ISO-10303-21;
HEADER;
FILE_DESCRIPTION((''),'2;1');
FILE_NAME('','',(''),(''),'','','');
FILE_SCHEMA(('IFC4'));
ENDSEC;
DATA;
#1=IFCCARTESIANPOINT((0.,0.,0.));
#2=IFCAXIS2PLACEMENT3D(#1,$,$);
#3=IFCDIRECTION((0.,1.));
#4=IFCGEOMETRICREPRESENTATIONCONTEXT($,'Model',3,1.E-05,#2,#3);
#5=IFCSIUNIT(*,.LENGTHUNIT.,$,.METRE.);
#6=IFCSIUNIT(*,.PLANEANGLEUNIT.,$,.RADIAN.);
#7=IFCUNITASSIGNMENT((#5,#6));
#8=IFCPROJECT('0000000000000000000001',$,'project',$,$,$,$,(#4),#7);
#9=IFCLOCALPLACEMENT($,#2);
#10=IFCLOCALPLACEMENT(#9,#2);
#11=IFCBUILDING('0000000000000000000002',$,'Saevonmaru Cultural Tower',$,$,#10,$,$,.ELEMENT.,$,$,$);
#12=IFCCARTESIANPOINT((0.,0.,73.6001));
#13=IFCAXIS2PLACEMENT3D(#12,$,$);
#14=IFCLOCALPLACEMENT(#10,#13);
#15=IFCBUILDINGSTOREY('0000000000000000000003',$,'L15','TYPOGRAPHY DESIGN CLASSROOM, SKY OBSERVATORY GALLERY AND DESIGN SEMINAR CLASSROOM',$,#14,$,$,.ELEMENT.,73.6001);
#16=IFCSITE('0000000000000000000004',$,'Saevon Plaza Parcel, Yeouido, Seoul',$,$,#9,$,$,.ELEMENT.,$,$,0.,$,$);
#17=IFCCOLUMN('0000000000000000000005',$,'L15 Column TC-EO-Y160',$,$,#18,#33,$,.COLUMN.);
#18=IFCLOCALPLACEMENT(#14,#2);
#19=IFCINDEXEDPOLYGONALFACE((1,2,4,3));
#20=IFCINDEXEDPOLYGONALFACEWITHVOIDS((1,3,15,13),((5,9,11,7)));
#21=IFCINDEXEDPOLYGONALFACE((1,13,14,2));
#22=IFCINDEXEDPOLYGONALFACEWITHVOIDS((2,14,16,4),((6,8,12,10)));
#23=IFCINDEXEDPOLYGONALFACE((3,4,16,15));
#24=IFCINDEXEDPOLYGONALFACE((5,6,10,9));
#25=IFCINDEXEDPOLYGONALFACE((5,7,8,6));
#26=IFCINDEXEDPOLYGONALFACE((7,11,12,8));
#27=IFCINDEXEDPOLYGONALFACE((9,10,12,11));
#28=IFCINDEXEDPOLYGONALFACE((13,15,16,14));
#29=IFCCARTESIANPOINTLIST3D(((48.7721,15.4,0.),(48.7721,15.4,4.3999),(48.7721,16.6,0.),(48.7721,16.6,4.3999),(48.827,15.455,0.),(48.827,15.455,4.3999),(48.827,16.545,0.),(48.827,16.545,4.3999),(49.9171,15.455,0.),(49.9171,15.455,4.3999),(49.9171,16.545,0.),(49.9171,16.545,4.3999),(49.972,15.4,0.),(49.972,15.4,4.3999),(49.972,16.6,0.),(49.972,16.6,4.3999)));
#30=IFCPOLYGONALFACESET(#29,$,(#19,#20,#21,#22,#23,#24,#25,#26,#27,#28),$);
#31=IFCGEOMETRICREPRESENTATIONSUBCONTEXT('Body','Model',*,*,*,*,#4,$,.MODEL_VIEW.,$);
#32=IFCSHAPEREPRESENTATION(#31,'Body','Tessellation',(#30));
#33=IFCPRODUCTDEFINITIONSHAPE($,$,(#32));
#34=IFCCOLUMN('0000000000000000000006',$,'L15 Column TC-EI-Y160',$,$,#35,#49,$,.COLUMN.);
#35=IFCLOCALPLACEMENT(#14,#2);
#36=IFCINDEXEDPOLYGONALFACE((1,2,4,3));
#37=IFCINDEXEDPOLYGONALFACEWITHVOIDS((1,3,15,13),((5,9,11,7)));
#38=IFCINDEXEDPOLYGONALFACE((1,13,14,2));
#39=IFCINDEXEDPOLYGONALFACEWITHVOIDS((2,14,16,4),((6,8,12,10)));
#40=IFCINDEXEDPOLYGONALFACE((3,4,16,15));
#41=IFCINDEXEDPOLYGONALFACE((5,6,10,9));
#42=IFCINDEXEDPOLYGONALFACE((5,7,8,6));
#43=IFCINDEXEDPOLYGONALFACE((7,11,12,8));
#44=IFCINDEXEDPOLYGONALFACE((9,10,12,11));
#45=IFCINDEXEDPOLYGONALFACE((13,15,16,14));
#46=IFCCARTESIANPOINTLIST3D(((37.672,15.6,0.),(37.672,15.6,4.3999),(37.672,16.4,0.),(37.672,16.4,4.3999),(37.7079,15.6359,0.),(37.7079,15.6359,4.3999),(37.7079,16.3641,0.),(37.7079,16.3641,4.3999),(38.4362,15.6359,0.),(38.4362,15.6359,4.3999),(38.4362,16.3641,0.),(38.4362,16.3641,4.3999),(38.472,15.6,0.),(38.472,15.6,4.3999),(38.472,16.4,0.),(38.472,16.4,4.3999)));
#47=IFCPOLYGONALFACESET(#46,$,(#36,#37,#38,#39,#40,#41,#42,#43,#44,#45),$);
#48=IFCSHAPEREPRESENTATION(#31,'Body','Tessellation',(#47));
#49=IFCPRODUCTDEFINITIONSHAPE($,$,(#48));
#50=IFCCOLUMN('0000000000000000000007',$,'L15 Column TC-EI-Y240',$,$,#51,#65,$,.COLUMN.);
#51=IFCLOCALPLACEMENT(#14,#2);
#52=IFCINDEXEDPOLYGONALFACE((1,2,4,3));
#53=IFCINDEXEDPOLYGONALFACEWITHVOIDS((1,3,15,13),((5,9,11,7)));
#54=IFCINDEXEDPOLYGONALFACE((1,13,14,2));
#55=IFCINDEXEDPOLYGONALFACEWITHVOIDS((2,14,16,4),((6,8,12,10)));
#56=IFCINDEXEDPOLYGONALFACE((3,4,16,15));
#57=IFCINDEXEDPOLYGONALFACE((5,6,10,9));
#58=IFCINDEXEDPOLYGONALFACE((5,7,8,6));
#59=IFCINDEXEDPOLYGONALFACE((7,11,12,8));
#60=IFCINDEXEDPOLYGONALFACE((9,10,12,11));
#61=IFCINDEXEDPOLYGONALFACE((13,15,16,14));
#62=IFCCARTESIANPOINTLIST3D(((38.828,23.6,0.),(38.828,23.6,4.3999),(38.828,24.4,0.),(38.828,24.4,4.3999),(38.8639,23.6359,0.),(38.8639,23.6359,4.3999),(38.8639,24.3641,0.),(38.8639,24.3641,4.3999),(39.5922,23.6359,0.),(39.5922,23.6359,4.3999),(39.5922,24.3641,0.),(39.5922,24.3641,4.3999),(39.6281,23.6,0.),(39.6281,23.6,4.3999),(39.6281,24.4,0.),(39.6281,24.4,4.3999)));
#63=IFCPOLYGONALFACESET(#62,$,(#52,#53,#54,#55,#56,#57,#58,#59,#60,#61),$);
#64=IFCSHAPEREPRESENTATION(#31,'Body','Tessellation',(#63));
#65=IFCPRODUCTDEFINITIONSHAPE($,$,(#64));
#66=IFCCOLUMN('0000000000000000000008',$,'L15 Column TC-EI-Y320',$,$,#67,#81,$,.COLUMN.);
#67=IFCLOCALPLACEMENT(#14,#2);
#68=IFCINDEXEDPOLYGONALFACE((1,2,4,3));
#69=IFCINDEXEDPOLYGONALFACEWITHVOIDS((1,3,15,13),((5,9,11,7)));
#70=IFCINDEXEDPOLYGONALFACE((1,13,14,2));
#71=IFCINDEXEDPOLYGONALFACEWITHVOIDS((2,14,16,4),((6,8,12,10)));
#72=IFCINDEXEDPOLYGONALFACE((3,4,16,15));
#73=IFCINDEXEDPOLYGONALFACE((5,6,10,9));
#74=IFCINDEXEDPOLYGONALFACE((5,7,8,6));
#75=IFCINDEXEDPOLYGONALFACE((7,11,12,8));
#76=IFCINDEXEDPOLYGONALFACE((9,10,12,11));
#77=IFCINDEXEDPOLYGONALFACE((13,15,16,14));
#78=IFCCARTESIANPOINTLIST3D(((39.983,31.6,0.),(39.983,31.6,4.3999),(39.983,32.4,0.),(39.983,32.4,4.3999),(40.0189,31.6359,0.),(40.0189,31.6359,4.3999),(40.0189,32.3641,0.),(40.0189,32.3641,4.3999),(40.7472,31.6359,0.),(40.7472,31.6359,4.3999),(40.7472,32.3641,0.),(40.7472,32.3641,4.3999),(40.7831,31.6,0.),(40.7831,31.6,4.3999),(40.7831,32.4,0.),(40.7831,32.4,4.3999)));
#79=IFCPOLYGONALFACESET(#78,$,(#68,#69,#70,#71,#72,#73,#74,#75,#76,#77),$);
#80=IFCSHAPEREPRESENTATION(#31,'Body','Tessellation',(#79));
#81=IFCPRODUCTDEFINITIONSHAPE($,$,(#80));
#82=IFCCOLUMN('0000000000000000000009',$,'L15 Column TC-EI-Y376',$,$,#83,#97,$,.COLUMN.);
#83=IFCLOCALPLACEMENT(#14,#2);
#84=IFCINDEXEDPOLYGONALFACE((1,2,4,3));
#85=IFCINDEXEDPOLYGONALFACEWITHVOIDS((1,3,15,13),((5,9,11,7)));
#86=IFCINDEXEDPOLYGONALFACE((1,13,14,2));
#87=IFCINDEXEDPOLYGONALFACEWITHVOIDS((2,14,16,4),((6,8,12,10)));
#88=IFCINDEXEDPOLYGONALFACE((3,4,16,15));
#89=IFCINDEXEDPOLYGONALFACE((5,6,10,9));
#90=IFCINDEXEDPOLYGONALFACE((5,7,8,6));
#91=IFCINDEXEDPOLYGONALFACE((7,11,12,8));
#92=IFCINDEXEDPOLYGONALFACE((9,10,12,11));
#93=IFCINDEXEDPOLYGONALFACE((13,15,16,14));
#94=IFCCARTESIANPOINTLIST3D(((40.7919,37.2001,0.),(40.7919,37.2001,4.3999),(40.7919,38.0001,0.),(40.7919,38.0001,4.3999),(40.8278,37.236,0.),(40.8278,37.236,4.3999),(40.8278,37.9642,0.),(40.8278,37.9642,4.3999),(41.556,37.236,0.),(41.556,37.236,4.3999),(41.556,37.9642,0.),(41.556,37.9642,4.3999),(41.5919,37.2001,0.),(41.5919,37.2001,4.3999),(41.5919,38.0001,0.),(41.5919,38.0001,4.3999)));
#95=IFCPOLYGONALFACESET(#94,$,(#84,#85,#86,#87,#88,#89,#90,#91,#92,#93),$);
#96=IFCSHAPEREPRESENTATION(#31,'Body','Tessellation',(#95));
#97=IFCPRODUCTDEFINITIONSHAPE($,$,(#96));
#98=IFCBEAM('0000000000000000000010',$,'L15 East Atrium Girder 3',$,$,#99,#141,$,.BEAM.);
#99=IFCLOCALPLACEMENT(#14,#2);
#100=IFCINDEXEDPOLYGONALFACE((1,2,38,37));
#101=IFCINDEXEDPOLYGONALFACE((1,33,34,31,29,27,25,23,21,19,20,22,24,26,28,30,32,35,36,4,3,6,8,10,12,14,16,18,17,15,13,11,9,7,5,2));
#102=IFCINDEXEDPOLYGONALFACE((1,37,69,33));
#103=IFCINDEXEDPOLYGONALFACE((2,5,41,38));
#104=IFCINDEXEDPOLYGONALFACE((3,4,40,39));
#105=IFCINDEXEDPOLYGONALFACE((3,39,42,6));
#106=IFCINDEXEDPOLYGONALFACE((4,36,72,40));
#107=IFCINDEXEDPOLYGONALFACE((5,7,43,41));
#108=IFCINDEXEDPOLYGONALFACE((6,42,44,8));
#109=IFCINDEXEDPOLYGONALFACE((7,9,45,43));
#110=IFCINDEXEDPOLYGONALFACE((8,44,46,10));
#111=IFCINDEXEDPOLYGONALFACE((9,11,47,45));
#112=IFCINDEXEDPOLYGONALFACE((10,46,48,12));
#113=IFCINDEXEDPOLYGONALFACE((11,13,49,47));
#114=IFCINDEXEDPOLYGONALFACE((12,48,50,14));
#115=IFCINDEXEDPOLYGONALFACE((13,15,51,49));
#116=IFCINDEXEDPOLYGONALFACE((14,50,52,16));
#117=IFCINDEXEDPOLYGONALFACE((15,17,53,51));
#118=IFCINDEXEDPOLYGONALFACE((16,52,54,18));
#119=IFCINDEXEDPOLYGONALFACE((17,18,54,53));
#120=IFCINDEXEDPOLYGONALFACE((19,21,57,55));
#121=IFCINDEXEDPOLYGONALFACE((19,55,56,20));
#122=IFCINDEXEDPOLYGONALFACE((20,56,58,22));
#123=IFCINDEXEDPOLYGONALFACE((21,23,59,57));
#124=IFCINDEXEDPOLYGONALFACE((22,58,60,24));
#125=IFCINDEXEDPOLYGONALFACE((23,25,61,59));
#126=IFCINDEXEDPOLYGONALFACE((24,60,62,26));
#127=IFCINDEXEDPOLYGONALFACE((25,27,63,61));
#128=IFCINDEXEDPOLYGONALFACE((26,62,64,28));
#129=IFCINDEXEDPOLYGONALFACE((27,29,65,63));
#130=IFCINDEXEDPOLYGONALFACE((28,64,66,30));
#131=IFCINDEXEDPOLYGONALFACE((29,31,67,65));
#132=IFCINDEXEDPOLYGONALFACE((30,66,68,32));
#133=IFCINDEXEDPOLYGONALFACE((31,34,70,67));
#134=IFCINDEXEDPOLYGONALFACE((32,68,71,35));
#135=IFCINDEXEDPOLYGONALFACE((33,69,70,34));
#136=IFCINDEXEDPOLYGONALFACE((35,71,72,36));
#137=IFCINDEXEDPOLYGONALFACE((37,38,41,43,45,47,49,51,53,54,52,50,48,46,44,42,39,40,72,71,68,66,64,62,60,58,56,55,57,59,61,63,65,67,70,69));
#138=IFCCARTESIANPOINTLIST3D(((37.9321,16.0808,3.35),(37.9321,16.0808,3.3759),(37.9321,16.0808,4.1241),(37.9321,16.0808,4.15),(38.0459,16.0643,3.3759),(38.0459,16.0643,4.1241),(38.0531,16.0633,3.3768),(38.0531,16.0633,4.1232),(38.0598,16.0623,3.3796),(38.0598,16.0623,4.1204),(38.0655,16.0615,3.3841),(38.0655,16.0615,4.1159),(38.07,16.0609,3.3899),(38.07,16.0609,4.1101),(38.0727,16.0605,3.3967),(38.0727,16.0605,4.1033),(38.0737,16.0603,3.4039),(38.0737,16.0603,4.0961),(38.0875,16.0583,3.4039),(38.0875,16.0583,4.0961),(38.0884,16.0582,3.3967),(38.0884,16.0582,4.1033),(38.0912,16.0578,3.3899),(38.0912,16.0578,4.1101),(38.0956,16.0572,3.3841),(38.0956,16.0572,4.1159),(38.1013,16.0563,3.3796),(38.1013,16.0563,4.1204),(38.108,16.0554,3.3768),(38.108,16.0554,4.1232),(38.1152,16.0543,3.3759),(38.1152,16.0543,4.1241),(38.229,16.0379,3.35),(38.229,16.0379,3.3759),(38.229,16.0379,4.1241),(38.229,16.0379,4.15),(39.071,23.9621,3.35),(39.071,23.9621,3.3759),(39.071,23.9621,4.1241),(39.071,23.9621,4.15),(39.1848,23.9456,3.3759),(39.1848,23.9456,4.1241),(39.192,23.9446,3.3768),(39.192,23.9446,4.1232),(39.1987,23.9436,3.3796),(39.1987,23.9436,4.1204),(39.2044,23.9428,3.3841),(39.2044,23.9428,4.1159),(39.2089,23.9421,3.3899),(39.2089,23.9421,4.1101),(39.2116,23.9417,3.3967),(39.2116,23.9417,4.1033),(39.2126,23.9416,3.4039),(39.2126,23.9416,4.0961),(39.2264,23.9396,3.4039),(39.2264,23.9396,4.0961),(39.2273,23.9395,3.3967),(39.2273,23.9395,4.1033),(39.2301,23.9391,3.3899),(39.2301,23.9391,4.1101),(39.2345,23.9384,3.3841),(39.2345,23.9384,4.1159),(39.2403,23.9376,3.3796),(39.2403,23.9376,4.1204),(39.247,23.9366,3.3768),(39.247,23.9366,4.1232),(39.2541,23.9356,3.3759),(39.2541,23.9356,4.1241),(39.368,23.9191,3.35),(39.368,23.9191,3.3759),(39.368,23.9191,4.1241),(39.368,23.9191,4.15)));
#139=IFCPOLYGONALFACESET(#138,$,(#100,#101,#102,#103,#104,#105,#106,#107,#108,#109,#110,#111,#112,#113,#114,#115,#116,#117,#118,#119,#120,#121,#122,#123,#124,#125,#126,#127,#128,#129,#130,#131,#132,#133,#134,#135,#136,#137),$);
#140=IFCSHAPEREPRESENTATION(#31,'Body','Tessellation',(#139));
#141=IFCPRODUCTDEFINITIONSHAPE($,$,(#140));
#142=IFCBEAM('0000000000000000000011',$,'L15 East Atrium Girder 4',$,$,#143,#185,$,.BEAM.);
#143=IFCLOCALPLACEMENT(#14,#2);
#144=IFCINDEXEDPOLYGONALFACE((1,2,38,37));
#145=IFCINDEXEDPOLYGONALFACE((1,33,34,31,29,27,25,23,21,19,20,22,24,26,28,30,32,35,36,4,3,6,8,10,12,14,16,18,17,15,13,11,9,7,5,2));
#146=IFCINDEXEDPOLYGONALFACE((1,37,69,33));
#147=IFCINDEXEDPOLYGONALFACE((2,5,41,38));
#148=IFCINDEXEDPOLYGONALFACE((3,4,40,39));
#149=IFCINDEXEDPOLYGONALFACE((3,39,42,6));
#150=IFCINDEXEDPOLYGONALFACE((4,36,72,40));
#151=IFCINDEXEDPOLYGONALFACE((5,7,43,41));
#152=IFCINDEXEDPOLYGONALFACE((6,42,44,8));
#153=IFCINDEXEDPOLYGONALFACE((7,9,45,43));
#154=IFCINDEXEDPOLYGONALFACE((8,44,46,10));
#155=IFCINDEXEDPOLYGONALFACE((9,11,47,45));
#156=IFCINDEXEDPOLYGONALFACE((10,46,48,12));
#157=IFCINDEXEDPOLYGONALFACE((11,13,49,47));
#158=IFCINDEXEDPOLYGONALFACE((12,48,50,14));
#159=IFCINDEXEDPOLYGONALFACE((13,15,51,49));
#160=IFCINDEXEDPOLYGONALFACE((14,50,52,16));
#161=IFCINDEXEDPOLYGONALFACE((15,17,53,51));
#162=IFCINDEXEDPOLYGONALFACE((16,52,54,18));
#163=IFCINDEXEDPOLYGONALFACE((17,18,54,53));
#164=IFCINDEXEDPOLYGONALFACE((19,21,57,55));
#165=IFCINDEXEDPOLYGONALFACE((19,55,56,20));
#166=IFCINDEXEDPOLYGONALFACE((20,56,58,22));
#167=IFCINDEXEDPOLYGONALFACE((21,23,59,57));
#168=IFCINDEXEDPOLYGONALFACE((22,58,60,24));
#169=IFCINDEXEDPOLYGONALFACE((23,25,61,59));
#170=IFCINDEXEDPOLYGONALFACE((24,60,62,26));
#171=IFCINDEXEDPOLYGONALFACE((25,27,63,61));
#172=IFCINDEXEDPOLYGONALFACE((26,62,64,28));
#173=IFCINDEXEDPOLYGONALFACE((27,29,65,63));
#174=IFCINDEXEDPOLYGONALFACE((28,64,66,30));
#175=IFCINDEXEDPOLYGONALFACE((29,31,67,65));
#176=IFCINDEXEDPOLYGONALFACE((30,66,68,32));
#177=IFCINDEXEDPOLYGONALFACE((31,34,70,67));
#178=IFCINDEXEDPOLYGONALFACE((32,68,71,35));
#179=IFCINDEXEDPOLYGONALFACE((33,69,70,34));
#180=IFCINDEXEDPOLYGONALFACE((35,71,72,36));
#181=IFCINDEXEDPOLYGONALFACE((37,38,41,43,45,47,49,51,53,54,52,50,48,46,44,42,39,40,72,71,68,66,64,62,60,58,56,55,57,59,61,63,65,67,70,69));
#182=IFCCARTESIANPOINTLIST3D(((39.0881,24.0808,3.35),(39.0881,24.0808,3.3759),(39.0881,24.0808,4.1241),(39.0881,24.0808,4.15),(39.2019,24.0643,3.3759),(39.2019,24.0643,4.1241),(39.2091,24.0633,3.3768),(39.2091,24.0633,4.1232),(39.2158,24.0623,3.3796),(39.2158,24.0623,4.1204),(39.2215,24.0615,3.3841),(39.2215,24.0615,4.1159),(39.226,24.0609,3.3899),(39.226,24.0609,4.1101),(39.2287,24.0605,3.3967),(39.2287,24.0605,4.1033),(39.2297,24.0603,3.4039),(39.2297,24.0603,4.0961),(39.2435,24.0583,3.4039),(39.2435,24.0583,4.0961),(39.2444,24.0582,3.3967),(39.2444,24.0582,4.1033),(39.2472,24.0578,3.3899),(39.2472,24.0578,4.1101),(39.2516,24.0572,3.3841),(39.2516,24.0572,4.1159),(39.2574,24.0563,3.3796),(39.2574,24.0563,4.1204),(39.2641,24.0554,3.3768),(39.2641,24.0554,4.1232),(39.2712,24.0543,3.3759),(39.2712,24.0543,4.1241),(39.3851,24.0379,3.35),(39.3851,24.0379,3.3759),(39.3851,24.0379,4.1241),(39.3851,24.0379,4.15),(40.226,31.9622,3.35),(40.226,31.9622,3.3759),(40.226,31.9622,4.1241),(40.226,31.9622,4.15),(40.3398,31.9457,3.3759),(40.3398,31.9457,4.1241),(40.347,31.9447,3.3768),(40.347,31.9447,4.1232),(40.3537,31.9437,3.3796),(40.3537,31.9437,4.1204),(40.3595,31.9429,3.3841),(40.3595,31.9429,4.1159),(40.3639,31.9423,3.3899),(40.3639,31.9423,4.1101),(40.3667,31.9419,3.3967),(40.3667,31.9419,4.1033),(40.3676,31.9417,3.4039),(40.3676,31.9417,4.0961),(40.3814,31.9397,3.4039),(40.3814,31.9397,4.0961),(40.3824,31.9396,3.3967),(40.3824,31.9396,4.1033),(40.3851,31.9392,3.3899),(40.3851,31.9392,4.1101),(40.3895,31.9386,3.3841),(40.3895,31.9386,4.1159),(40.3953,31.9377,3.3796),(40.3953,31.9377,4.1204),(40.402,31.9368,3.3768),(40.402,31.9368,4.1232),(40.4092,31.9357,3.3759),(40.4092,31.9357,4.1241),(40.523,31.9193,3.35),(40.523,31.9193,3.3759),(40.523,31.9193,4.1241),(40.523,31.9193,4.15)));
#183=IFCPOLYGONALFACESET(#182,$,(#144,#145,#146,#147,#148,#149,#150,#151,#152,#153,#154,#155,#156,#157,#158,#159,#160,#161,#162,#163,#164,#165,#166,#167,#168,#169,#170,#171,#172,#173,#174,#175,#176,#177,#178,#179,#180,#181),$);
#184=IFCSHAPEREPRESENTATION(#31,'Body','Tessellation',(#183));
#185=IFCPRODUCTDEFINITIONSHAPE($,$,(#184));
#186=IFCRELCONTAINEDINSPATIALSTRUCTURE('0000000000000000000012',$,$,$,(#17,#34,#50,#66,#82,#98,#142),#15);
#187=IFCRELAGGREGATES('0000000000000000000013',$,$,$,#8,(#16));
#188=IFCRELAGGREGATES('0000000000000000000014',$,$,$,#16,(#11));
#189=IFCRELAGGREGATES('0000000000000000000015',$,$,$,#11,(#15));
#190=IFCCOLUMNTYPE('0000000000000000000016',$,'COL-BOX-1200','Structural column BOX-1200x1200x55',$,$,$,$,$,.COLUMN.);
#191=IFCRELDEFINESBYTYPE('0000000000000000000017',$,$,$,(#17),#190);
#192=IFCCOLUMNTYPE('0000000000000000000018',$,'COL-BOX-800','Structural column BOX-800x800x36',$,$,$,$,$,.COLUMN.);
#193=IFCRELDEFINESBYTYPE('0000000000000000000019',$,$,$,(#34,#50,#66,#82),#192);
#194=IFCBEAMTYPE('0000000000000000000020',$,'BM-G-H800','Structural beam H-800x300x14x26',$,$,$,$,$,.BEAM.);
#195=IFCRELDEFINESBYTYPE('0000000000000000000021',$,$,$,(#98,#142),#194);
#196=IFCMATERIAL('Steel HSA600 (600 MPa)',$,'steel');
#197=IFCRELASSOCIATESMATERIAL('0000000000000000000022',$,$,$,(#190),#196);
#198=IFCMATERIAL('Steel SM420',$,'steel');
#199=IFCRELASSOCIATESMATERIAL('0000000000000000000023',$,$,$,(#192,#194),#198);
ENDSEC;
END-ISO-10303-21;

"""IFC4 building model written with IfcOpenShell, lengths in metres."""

from ifc_helpers import new_model, si_unit, direction, frame, origin, origin_2d, place, context, subcontext, project, spatial, hollow_rectangle, i_section, extrude, material, material_profile, profile_set, type_object, element, save


model = new_model("IFC4")

# Units and contexts
model_context = context("Model", 3, precision=1e-05, world=origin(), true_north=direction((0.0, 1.0)))
body_context = subcontext(model_context, "Body", "Model", "MODEL_VIEW")
ifc_project = project(units=[si_unit("LENGTHUNIT", "METRE"), si_unit("PLANEANGLEUNIT", "RADIAN")], contexts=[model_context])

# Site, building, storey
site_placement = place(None, origin())
site = spatial("IfcSite", under=ifc_project, at=site_placement, Name="Saevon Plaza Parcel, Yeouido, Seoul", CompositionType="ELEMENT", RefElevation=0.0)
building_placement = place(site_placement, origin())
building = spatial("IfcBuilding", under=site, at=building_placement, Name="Saevonmaru Cultural Tower", CompositionType="ELEMENT")
storey_placement = place(building_placement, frame((0.0, 0.0, 73.6001)))
storey = spatial("IfcBuildingStorey", under=building, at=storey_placement, Name="L15", Description="TYPOGRAPHY DESIGN CLASSROOM, SKY OBSERVATORY GALLERY AND DESIGN SEMINAR CLASSROOM", CompositionType="ELEMENT", Elevation=73.6001)

# Columns
ifc_material_1 = material(Name="Steel HSA600 (600 MPa)", Category="steel")
ifc_material_profile_1 = material_profile(ifc_material_1, hollow_rectangle(XDim=1.2, YDim=1.2, WallThickness=0.0549, at=origin_2d()), Name="BOX-1200x1200x55")
ifc_profile_set_1 = profile_set([ifc_material_profile_1], Name="Steel HSA600 (600 MPa)")
column_type_1 = type_object("IfcColumnType", Name="COL-BOX-1200", Description="Structural column BOX-1200x1200x55", PredefinedType="COLUMN", material=ifc_profile_set_1)
column_placement = place(storey_placement, frame((49.3721, 16.0, 0.0), z_axis=(0.0, 0.0, 1.0), x_axis=(1.0, 0.0, 0.0)))
element("IfcColumn", 1, at=column_placement, inside=storey, type_object=column_type_1, Name="L15 Column TC-EO-Y160", PredefinedType="COLUMN", context=body_context, shape_type="SweptSolid", body=[
    extrude(hollow_rectangle(XDim=1.2, YDim=1.2, WallThickness=0.0549, at=origin_2d()), origin(), (0.0, 0.0, 1.0), 4.3999),
])
ifc_material_2 = material(Name="Steel SM420", Category="steel")
ifc_material_profile_2 = material_profile(ifc_material_2, hollow_rectangle(XDim=0.8, YDim=0.8, WallThickness=0.0359, at=origin_2d()), Name="BOX-800x800x36")
ifc_profile_set_2 = profile_set([ifc_material_profile_2], Name="Steel SM420")
column_type_2 = type_object("IfcColumnType", Name="COL-BOX-800", Description="Structural column BOX-800x800x36", PredefinedType="COLUMN", material=ifc_profile_set_2)
for number, where, z_axis, x_axis, name in (
    (2, (38.072, 16.0, 0.0), (0.0, 0.0, 1.0), (1.0, 0.0, 0.0), "L15 Column TC-EI-Y160"),
    (3, (39.228, 24.0, 0.0), (0.0, 0.0, 1.0), (1.0, 0.0, 0.0), "L15 Column TC-EI-Y240"),
    (4, (40.3831, 32.0, 0.0), (0.0, 0.0, 1.0), (1.0, 0.0, 0.0), "L15 Column TC-EI-Y320"),
    (5, (41.1919, 37.6001, 0.0), (0.0, 0.0, 1.0), (1.0, 0.0, 0.0), "L15 Column TC-EI-Y376"),
):
    element("IfcColumn", number, at=place(storey_placement, frame(where, z_axis=z_axis, x_axis=x_axis)), inside=storey, type_object=column_type_2, Name=name, PredefinedType="COLUMN", context=body_context, shape_type="SweptSolid", body=[
        extrude(hollow_rectangle(XDim=0.8, YDim=0.8, WallThickness=0.0359, at=origin_2d()), origin(), (0.0, 0.0, 1.0), 4.3999),
    ])

# Beams
ifc_material_profile_3 = material_profile(ifc_material_2, i_section(OverallWidth=0.3, OverallDepth=0.8, WebThickness=0.0139, FlangeThickness=0.0259, FilletRadius=0.0281, at=origin_2d()), Name="H-800x300x14x26")
ifc_profile_set_3 = profile_set([ifc_material_profile_3], Name="Steel SM420")
beam_type_1 = type_object("IfcBeamType", Name="BM-G-H800", Description="Structural beam H-800x300x14x26", PredefinedType="BEAM", material=ifc_profile_set_3)
for number, where, z_axis, x_axis, name in (
    (6, (38.0806, 16.0593, 3.75), (0.143022, 0.989719, 0.0), (-0.989719, 0.143022, 0.0), "L15 East Atrium Girder 3"),
    (7, (39.2366, 24.0593, 3.75), (0.142902, 0.989737, 0.0), (-0.989737, 0.142902, 0.0), "L15 East Atrium Girder 4"),
):
    element("IfcBeam", number, at=place(storey_placement, frame(where, z_axis=z_axis, x_axis=x_axis)), inside=storey, type_object=beam_type_1, Name=name, PredefinedType="BEAM", context=body_context, shape_type="SweptSolid", body=[
        extrude(i_section(OverallWidth=0.3, OverallDepth=0.8, WebThickness=0.0139, FlangeThickness=0.0259, FilletRadius=0.0281, at=origin_2d()), origin(), (0.0, 0.0, 1.0), 7.9631),
    ])

save(model, "model.ifc")
